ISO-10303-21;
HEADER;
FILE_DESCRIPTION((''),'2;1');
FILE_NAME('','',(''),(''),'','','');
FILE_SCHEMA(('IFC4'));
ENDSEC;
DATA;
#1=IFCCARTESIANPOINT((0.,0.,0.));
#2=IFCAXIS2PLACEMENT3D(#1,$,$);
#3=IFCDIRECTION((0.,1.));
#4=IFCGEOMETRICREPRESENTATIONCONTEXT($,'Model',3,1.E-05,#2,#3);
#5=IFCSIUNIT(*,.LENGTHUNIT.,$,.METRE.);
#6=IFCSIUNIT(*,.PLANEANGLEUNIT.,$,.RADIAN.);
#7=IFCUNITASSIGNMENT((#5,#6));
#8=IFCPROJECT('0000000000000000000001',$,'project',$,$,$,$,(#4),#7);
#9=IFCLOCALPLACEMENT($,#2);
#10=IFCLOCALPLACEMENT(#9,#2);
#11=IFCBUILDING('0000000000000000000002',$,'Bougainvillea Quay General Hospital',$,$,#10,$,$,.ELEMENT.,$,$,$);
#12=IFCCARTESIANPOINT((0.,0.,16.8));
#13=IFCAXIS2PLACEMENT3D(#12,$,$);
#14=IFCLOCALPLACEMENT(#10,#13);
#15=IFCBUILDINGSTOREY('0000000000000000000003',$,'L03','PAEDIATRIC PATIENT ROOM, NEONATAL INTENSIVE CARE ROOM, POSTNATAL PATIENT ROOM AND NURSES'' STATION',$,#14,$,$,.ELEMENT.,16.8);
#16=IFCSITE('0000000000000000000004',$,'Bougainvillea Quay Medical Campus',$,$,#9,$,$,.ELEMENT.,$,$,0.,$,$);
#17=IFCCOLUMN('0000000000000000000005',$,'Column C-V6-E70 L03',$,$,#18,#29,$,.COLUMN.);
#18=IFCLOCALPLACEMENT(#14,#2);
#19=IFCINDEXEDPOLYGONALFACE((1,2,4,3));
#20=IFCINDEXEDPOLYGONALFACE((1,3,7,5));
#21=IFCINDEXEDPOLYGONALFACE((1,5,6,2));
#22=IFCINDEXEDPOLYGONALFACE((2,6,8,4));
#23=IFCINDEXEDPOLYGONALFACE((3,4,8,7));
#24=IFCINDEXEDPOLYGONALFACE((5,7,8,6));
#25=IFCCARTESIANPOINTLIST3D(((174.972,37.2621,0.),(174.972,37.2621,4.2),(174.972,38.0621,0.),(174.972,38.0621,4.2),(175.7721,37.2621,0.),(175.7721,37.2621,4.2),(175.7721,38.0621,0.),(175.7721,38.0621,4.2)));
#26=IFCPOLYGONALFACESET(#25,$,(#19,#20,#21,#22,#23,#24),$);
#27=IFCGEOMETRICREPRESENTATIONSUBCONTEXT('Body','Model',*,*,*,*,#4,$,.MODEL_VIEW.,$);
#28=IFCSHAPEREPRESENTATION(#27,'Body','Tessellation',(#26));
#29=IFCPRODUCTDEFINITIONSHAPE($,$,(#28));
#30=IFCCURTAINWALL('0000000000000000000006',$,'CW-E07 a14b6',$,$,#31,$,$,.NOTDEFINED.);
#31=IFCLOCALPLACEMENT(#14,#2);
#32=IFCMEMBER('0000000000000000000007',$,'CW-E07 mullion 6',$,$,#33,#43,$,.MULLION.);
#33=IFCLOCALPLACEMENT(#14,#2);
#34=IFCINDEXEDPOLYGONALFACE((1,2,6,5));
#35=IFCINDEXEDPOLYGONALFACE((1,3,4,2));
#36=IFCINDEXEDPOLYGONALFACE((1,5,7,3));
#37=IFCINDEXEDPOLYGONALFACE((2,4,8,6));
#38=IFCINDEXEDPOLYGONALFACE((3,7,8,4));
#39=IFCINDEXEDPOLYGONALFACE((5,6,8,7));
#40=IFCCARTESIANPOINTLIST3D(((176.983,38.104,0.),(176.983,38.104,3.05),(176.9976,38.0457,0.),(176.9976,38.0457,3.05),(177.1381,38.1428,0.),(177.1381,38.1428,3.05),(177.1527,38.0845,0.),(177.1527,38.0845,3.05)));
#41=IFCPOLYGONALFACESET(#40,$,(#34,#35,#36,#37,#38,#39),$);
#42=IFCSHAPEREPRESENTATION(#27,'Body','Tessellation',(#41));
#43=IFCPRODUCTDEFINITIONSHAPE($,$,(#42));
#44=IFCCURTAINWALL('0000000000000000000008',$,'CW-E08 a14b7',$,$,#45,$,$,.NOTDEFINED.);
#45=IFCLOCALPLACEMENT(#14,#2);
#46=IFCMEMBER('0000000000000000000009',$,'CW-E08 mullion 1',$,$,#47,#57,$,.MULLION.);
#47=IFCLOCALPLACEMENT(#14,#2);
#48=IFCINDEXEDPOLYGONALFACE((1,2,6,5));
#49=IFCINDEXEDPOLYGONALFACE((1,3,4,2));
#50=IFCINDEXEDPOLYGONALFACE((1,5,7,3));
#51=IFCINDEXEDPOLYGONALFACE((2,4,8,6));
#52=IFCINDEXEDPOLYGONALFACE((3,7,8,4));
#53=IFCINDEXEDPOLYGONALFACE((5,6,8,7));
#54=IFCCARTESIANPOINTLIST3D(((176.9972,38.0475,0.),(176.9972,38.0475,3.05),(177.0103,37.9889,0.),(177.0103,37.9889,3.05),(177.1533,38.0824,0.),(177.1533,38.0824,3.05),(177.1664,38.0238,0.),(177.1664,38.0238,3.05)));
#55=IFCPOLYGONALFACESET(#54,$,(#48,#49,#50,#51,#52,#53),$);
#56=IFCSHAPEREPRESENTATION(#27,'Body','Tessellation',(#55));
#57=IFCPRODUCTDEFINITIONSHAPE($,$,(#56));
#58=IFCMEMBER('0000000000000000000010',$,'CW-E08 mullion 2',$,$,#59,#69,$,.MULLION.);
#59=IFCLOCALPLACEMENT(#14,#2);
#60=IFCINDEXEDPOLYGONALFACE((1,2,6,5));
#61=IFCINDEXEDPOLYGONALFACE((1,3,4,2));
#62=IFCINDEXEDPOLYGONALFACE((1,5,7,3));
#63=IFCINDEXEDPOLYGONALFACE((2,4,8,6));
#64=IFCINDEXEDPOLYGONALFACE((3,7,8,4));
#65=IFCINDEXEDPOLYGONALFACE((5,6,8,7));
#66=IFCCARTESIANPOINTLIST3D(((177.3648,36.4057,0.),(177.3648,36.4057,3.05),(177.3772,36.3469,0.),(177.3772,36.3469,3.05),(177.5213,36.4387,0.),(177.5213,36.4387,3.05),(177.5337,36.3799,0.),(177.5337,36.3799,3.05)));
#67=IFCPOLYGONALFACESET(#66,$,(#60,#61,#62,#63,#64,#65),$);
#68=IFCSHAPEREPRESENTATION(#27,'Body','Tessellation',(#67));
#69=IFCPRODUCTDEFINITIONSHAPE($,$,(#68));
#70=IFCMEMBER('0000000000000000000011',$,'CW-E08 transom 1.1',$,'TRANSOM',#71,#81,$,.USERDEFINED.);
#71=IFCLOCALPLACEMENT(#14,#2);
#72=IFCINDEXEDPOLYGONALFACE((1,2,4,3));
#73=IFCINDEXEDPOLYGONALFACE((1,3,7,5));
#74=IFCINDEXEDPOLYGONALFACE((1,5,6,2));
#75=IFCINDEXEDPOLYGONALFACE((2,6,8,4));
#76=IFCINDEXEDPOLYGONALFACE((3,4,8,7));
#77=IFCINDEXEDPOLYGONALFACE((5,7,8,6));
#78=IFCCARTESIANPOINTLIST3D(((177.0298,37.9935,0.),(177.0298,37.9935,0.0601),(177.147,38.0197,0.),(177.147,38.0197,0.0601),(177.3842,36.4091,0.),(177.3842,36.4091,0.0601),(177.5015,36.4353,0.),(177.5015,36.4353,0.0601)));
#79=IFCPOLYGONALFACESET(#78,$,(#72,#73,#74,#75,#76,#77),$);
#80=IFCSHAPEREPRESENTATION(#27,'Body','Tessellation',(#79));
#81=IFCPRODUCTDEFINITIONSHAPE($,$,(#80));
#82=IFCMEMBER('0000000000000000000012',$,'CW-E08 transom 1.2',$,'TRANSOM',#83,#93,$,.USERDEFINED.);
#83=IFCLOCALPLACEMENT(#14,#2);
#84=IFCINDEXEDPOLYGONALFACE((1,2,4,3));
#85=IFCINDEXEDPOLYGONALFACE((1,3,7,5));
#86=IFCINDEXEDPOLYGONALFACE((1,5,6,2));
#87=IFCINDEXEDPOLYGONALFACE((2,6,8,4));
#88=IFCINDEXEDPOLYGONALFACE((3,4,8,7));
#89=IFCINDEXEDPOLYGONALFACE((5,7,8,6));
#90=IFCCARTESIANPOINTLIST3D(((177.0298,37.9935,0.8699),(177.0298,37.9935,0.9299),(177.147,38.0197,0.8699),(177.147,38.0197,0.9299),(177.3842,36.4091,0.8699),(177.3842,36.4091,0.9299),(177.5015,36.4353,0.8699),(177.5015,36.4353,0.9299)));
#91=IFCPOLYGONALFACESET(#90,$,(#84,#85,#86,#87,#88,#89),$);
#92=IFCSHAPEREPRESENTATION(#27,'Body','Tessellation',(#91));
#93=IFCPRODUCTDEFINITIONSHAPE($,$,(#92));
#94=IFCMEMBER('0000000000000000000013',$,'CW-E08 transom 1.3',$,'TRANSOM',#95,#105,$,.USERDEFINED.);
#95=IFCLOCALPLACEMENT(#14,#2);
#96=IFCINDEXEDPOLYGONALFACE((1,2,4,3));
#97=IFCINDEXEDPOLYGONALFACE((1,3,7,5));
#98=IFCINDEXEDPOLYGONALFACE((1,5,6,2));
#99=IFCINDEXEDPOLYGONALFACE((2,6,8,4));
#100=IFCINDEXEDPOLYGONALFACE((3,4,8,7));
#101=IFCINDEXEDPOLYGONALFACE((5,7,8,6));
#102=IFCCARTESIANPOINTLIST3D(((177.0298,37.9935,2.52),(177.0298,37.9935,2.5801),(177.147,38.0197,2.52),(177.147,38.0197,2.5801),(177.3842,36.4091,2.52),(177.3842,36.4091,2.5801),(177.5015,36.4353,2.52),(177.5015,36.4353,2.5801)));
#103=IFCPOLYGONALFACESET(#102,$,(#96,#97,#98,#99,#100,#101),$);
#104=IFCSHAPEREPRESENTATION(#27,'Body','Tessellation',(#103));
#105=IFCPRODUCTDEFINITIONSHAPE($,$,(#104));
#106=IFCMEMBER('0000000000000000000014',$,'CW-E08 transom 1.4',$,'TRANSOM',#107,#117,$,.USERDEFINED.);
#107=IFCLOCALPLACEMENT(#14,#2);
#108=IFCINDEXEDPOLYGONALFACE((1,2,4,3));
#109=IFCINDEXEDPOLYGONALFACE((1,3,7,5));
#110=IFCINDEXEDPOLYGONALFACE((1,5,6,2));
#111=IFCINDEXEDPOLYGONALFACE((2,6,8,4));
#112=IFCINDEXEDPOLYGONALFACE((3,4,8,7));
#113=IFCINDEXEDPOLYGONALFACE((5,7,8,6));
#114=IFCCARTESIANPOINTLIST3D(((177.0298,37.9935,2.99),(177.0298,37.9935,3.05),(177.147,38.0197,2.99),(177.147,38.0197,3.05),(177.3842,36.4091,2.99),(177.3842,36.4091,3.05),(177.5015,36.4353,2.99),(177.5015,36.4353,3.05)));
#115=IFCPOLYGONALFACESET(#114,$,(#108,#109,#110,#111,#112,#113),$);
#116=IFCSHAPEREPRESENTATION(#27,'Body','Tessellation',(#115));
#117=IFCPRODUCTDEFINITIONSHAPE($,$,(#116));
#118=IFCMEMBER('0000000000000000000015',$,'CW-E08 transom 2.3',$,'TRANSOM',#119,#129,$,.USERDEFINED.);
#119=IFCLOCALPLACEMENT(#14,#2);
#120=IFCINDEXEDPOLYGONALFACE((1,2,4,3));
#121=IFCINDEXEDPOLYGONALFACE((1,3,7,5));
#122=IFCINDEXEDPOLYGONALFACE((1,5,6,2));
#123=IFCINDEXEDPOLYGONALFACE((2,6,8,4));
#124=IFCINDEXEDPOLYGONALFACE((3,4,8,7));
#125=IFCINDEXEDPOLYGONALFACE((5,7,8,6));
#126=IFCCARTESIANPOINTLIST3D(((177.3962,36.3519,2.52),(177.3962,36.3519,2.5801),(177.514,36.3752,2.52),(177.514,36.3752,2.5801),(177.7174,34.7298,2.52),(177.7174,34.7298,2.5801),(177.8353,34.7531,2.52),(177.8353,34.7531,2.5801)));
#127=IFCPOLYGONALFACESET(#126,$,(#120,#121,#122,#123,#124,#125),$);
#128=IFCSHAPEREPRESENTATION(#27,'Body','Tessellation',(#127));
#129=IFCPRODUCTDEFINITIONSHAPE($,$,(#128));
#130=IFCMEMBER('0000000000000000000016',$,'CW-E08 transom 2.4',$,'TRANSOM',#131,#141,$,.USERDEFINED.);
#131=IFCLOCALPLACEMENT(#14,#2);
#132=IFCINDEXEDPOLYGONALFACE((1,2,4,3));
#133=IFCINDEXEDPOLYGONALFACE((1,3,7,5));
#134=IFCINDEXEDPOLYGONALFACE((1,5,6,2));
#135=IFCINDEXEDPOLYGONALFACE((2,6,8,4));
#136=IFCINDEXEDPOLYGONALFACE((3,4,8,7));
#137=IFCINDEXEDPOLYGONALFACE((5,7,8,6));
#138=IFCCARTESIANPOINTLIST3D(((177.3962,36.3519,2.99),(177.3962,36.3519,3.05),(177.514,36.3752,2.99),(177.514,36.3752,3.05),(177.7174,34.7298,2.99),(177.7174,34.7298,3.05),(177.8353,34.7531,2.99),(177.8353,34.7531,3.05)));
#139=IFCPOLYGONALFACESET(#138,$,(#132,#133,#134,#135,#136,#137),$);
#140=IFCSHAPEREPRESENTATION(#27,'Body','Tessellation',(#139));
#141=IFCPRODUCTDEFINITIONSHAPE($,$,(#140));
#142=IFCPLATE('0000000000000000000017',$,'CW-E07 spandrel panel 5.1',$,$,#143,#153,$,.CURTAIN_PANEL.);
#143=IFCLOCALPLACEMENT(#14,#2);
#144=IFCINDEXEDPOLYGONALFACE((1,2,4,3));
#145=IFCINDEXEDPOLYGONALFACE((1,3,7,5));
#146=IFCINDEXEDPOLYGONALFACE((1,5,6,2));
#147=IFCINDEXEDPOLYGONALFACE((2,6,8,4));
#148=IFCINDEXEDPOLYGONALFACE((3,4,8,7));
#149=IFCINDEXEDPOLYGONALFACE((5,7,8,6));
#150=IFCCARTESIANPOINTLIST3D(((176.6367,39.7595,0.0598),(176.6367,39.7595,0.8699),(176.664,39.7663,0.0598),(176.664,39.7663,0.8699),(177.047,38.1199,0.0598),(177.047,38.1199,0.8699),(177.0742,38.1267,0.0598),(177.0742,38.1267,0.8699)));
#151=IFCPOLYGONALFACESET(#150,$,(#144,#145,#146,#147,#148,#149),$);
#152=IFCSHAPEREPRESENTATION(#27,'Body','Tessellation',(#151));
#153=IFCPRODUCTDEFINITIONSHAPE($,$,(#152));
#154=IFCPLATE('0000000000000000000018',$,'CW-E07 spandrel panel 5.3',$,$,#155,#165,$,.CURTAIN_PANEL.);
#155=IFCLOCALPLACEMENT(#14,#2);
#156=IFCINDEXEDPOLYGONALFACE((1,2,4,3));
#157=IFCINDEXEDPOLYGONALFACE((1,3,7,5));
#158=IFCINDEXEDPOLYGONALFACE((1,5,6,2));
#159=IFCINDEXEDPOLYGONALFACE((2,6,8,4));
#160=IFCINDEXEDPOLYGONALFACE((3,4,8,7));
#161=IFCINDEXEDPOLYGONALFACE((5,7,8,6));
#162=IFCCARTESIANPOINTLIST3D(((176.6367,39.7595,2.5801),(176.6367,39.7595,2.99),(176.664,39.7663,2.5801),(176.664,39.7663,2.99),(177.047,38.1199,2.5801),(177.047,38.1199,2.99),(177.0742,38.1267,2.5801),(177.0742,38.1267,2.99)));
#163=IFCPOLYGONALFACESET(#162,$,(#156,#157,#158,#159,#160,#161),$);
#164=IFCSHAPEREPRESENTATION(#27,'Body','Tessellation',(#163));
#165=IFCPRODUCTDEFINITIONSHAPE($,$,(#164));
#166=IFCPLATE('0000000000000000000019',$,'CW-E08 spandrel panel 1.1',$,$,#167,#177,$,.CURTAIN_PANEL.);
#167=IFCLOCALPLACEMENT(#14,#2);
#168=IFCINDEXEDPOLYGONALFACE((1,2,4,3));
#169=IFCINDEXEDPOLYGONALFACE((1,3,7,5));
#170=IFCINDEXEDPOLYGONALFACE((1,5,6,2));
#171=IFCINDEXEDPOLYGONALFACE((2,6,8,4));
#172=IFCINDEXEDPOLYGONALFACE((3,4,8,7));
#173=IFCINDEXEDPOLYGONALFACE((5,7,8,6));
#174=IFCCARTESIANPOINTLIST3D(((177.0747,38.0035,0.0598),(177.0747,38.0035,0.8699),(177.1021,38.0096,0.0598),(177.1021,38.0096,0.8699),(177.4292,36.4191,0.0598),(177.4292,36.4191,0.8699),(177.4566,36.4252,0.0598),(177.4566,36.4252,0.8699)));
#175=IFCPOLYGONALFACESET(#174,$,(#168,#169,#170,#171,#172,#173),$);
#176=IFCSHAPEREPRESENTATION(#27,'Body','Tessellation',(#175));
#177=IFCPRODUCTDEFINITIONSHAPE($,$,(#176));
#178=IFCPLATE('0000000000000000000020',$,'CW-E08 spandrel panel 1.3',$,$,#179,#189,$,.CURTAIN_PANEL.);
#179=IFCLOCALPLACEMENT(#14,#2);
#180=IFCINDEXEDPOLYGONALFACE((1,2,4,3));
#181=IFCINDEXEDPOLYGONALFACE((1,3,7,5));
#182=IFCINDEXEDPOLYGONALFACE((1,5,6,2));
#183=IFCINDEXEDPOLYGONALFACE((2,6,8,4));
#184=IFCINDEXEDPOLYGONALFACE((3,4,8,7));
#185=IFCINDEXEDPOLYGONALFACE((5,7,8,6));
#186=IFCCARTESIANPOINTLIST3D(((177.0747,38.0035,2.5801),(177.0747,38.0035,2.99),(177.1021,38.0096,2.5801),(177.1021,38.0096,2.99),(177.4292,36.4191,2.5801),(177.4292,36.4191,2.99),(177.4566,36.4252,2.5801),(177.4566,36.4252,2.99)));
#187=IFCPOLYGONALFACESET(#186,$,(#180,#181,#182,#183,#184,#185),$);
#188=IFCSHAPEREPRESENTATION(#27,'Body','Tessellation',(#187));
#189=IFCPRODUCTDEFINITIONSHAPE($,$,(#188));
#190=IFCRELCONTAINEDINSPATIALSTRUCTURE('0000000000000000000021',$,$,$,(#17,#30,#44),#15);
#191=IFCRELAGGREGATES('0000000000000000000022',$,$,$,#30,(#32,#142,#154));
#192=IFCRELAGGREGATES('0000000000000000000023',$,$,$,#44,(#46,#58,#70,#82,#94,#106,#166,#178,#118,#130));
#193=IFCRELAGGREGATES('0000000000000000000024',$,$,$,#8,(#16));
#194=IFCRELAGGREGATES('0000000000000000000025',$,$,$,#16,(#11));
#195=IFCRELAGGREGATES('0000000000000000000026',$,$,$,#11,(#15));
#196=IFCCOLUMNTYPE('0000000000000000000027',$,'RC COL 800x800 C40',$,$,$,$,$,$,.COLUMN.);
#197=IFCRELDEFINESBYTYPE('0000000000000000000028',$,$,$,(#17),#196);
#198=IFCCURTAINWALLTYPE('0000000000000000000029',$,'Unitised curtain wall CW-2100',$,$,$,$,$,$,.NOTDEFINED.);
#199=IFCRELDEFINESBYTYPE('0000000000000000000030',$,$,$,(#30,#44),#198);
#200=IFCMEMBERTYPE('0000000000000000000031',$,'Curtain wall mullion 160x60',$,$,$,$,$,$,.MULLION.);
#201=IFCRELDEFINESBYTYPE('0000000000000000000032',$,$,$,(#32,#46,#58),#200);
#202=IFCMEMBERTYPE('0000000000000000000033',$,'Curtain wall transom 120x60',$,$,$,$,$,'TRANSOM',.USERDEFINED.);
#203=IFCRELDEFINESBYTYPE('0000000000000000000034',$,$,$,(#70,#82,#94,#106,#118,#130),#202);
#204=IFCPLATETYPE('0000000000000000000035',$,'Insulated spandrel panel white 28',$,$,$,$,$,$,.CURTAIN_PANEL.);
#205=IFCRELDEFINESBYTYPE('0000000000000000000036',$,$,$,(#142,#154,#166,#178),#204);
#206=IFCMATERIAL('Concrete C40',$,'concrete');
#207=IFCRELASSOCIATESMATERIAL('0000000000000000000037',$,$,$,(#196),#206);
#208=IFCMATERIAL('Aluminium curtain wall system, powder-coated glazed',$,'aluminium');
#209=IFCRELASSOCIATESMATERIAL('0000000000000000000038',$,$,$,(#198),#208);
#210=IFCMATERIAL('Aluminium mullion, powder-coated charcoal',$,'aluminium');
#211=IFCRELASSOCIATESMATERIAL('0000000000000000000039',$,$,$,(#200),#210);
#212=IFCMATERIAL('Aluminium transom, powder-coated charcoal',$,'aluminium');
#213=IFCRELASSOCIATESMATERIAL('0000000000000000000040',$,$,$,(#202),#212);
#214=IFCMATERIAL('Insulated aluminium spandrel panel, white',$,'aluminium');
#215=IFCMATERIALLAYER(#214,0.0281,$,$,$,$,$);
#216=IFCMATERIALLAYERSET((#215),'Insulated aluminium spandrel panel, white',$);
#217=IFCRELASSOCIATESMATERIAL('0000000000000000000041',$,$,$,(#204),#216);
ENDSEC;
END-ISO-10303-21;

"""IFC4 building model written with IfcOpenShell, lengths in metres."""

from ifc_helpers import new_model, si_unit, direction, frame, origin, origin_2d, place, context, subcontext, project, spatial, rectangle, extrude, material, layer, layer_set, material_profile, profile_set, type_object, element, aggregate, save


model = new_model("IFC4")

# Units and contexts
model_context = context("Model", 3, precision=1e-05, world=origin(), true_north=direction((0.0, 1.0)))
body_context = subcontext(model_context, "Body", "Model", "MODEL_VIEW")
ifc_project = project(units=[si_unit("LENGTHUNIT", "METRE"), si_unit("PLANEANGLEUNIT", "RADIAN")], contexts=[model_context])

# Site, building, storey
site_placement = place(None, origin())
site = spatial("IfcSite", under=ifc_project, at=site_placement, Name="Bougainvillea Quay Medical Campus", CompositionType="ELEMENT", RefElevation=0.0)
building_placement = place(site_placement, origin())
building = spatial("IfcBuilding", under=site, at=building_placement, Name="Bougainvillea Quay General Hospital", CompositionType="ELEMENT")
storey_placement = place(building_placement, frame((0.0, 0.0, 16.8)))
storey = spatial("IfcBuildingStorey", under=building, at=storey_placement, Name="L03", Description="PAEDIATRIC PATIENT ROOM, NEONATAL INTENSIVE CARE ROOM, POSTNATAL PATIENT ROOM AND NURSES' STATION", CompositionType="ELEMENT", Elevation=16.8)

# Column
ifc_material_1 = material(Name="Concrete C40", Category="concrete")
ifc_material_profile_1 = material_profile(ifc_material_1, rectangle(XDim=0.8, YDim=0.8, at=origin_2d()))
ifc_profile_set_1 = profile_set([ifc_material_profile_1], Name="Concrete C40")
column_type = type_object("IfcColumnType", Name="RC COL 800x800 C40", PredefinedType="COLUMN", material=ifc_profile_set_1)
column_placement = place(storey_placement, frame((175.3721, 37.6621, 0.0), z_axis=(0.0, 0.0, 1.0), x_axis=(1.0, 0.0, 0.0)))
element("IfcColumn", 1, at=column_placement, inside=storey, type_object=column_type, Name="Column C-V6-E70 L03", PredefinedType="COLUMN", context=body_context, shape_type="SweptSolid", body=[
    extrude(rectangle(XDim=0.8, YDim=0.8, at=origin_2d()), origin(), (0.0, 0.0, 1.0), 4.2),
])

# Curtain wall, member
ifc_material_2 = material(Name="Aluminium curtain wall system, powder-coated glazed", Category="aluminium")
curtain_wall_type = type_object("IfcCurtainWallType", Name="Unitised curtain wall CW-2100", PredefinedType="NOTDEFINED", material=ifc_material_2)
curtain_wall_1_placement = place(storey_placement, origin())
curtain_wall_1 = element("IfcCurtainWall", 2, at=curtain_wall_1_placement, inside=storey, type_object=curtain_wall_type, Name="CW-E07 a14b6", PredefinedType="NOTDEFINED")
ifc_material_3 = material(Name="Aluminium mullion, powder-coated charcoal", Category="aluminium")
ifc_material_profile_2 = material_profile(ifc_material_3, rectangle(XDim=0.1599, YDim=0.0601, at=origin_2d()))
ifc_profile_set_2 = profile_set([ifc_material_profile_2], Name="Aluminium mullion, powder-coated charcoal")
member_type_1 = type_object("IfcMemberType", Name="Curtain wall mullion 160x60", PredefinedType="MULLION", material=ifc_profile_set_2)
member_1_placement = place(storey_placement, frame((177.0679, 38.0942, 0.0), z_axis=(0.0, 0.0, 1.0), x_axis=(0.970096, 0.242721, 0.0)))
member_1 = element("IfcMember", 3, at=member_1_placement, type_object=member_type_1, Name="CW-E07 mullion 6", PredefinedType="MULLION", context=body_context, shape_type="SweptSolid", body=[
    extrude(rectangle(XDim=0.1599, YDim=0.0601, at=origin_2d()), origin(), (0.0, 0.0, 1.0), 3.05),
])

# Curtain wall, members
curtain_wall_2_placement = place(storey_placement, origin())
curtain_wall_2 = element("IfcCurtainWall", 4, at=curtain_wall_2_placement, inside=storey, type_object=curtain_wall_type, Name="CW-E08 a14b7", PredefinedType="NOTDEFINED")
member_2_placement = place(storey_placement, frame((177.0818, 38.0356, 0.0), z_axis=(0.0, 0.0, 1.0), x_axis=(0.97587, 0.218351, 0.0)))
member_2 = element("IfcMember", 5, at=member_2_placement, type_object=member_type_1, Name="CW-E08 mullion 1", PredefinedType="MULLION", context=body_context, shape_type="SweptSolid", body=[
    extrude(rectangle(XDim=0.1599, YDim=0.0601, at=origin_2d()), origin(), (0.0, 0.0, 1.0), 3.05),
])
member_3_placement = place(storey_placement, frame((177.4492, 36.3928, 0.0), z_axis=(0.0, 0.0, 1.0), x_axis=(0.978479, 0.206349, 0.0)))
member_3 = element("IfcMember", 6, at=member_3_placement, type_object=member_type_1, Name="CW-E08 mullion 2", PredefinedType="MULLION", context=body_context, shape_type="SweptSolid", body=[
    extrude(rectangle(XDim=0.1599, YDim=0.0601, at=origin_2d()), origin(), (0.0, 0.0, 1.0), 3.05),
])
ifc_material_4 = material(Name="Aluminium transom, powder-coated charcoal", Category="aluminium")
ifc_material_profile_3 = material_profile(ifc_material_4, rectangle(XDim=0.1201, YDim=0.0601, at=origin_2d()))
ifc_profile_set_3 = profile_set([ifc_material_profile_3], Name="Aluminium transom, powder-coated charcoal")
member_type_2 = type_object("IfcMemberType", Name="Curtain wall transom 120x60", ElementType="TRANSOM", PredefinedType="USERDEFINED", material=ifc_profile_set_3)
member_4_placement = place(storey_placement, frame((177.0884, 38.0066, 0.03), z_axis=(0.218331, -0.975875, 0.0), x_axis=(0.975875, 0.218331, 0.0)))
member_4 = element("IfcMember", 7, at=member_4_placement, type_object=member_type_2, Name="CW-E08 transom 1.1", ObjectType="TRANSOM", PredefinedType="USERDEFINED", context=body_context, shape_type="SweptSolid", body=[
    extrude(rectangle(XDim=0.1201, YDim=0.0601, at=origin_2d()), origin(), (0.0, 0.0, 1.0), 1.6235),
])
member_5_placement = place(storey_placement, frame((177.0884, 38.0066, 0.8999), z_axis=(0.218331, -0.975875, 0.0), x_axis=(0.975875, 0.218331, 0.0)))
member_5 = element("IfcMember", 8, at=member_5_placement, type_object=member_type_2, Name="CW-E08 transom 1.2", ObjectType="TRANSOM", PredefinedType="USERDEFINED", context=body_context, shape_type="SweptSolid", body=[
    extrude(rectangle(XDim=0.1201, YDim=0.0601, at=origin_2d()), origin(), (0.0, 0.0, 1.0), 1.6235),
])
member_6_placement = place(storey_placement, frame((177.0884, 38.0066, 2.55), z_axis=(0.218331, -0.975875, 0.0), x_axis=(0.975875, 0.218331, 0.0)))
member_6 = element("IfcMember", 9, at=member_6_placement, type_object=member_type_2, Name="CW-E08 transom 1.3", ObjectType="TRANSOM", PredefinedType="USERDEFINED", context=body_context, shape_type="SweptSolid", body=[
    extrude(rectangle(XDim=0.1201, YDim=0.0601, at=origin_2d()), origin(), (0.0, 0.0, 1.0), 1.6235),
])
member_7_placement = place(storey_placement, frame((177.0884, 38.0066, 3.02), z_axis=(0.218331, -0.975875, 0.0), x_axis=(0.975875, 0.218331, 0.0)))
member_7 = element("IfcMember", 10, at=member_7_placement, type_object=member_type_2, Name="CW-E08 transom 1.4", ObjectType="TRANSOM", PredefinedType="USERDEFINED", context=body_context, shape_type="SweptSolid", body=[
    extrude(rectangle(XDim=0.1201, YDim=0.0601, at=origin_2d()), origin(), (0.0, 0.0, 1.0), 1.6235),
])
member_8_placement = place(storey_placement, frame((177.4551, 36.3635, 2.55), z_axis=(0.194299, -0.980942, 0.0), x_axis=(0.980942, 0.194299, 0.0)))
member_8 = element("IfcMember", 11, at=member_8_placement, type_object=member_type_2, Name="CW-E08 transom 2.3", ObjectType="TRANSOM", PredefinedType="USERDEFINED", context=body_context, shape_type="SweptSolid", body=[
    extrude(rectangle(XDim=0.1201, YDim=0.0601, at=origin_2d()), origin(), (0.0, 0.0, 1.0), 1.6536),
])
member_9_placement = place(storey_placement, frame((177.4551, 36.3635, 3.02), z_axis=(0.194299, -0.980942, 0.0), x_axis=(0.980942, 0.194299, 0.0)))
member_9 = element("IfcMember", 12, at=member_9_placement, type_object=member_type_2, Name="CW-E08 transom 2.4", ObjectType="TRANSOM", PredefinedType="USERDEFINED", context=body_context, shape_type="SweptSolid", body=[
    extrude(rectangle(XDim=0.1201, YDim=0.0601, at=origin_2d()), origin(), (0.0, 0.0, 1.0), 1.6536),
])

# Plates
ifc_material_5 = material(Name="Insulated aluminium spandrel panel, white", Category="aluminium")
ifc_layer_1 = layer(ifc_material_5, 0.0281)
ifc_layer_set_1 = layer_set([ifc_layer_1], Name="Insulated aluminium spandrel panel, white")
plate_type_1 = type_object("IfcPlateType", Name="Insulated spandrel panel white 28", PredefinedType="CURTAIN_PANEL", material=ifc_layer_set_1)
plate_1_placement = place(storey_placement, frame((176.8555, 38.9431, 0.0598), z_axis=(0.0, 0.0, 1.0), x_axis=(0.242721, -0.970096, 0.0)))
plate_1 = element("IfcPlate", 13, at=plate_1_placement, type_object=plate_type_1, Name="CW-E07 spandrel panel 5.1", PredefinedType="CURTAIN_PANEL", context=body_context, shape_type="SweptSolid", body=[
    extrude(rectangle(XDim=1.6902, YDim=0.0281, at=origin_2d()), origin(), (0.0, 0.0, 1.0), 0.8101),
])
plate_2_placement = place(storey_placement, frame((176.8555, 38.9431, 2.5801), z_axis=(0.0, 0.0, 1.0), x_axis=(0.242721, -0.970096, 0.0)))
plate_2 = element("IfcPlate", 14, at=plate_2_placement, type_object=plate_type_1, Name="CW-E07 spandrel panel 5.3", PredefinedType="CURTAIN_PANEL", context=body_context, shape_type="SweptSolid", body=[
    extrude(rectangle(XDim=1.6902, YDim=0.0281, at=origin_2d()), origin(), (0.0, 0.0, 1.0), 0.4099),
])
plate_3_placement = place(storey_placement, frame((177.2656, 37.2144, 0.0598), z_axis=(0.0, 0.0, 1.0), x_axis=(0.218351, -0.97587, 0.0)))
plate_3 = element("IfcPlate", 15, at=plate_3_placement, type_object=plate_type_1, Name="CW-E08 spandrel panel 1.1", PredefinedType="CURTAIN_PANEL", context=body_context, shape_type="SweptSolid", body=[
    extrude(rectangle(XDim=1.6235, YDim=0.0281, at=origin_2d()), origin(), (0.0, 0.0, 1.0), 0.8101),
])
plate_4_placement = place(storey_placement, frame((177.2656, 37.2144, 2.5801), z_axis=(0.0, 0.0, 1.0), x_axis=(0.218351, -0.97587, 0.0)))
plate_4 = element("IfcPlate", 16, at=plate_4_placement, type_object=plate_type_1, Name="CW-E08 spandrel panel 1.3", PredefinedType="CURTAIN_PANEL", context=body_context, shape_type="SweptSolid", body=[
    extrude(rectangle(XDim=1.6235, YDim=0.0281, at=origin_2d()), origin(), (0.0, 0.0, 1.0), 0.4099),
])
aggregate(curtain_wall_1, [member_1, plate_1, plate_2])
aggregate(curtain_wall_2, [member_2, member_3, member_4, member_5, member_6, member_7, plate_3, plate_4, member_8, member_9])

save(model, "model.ifc")
